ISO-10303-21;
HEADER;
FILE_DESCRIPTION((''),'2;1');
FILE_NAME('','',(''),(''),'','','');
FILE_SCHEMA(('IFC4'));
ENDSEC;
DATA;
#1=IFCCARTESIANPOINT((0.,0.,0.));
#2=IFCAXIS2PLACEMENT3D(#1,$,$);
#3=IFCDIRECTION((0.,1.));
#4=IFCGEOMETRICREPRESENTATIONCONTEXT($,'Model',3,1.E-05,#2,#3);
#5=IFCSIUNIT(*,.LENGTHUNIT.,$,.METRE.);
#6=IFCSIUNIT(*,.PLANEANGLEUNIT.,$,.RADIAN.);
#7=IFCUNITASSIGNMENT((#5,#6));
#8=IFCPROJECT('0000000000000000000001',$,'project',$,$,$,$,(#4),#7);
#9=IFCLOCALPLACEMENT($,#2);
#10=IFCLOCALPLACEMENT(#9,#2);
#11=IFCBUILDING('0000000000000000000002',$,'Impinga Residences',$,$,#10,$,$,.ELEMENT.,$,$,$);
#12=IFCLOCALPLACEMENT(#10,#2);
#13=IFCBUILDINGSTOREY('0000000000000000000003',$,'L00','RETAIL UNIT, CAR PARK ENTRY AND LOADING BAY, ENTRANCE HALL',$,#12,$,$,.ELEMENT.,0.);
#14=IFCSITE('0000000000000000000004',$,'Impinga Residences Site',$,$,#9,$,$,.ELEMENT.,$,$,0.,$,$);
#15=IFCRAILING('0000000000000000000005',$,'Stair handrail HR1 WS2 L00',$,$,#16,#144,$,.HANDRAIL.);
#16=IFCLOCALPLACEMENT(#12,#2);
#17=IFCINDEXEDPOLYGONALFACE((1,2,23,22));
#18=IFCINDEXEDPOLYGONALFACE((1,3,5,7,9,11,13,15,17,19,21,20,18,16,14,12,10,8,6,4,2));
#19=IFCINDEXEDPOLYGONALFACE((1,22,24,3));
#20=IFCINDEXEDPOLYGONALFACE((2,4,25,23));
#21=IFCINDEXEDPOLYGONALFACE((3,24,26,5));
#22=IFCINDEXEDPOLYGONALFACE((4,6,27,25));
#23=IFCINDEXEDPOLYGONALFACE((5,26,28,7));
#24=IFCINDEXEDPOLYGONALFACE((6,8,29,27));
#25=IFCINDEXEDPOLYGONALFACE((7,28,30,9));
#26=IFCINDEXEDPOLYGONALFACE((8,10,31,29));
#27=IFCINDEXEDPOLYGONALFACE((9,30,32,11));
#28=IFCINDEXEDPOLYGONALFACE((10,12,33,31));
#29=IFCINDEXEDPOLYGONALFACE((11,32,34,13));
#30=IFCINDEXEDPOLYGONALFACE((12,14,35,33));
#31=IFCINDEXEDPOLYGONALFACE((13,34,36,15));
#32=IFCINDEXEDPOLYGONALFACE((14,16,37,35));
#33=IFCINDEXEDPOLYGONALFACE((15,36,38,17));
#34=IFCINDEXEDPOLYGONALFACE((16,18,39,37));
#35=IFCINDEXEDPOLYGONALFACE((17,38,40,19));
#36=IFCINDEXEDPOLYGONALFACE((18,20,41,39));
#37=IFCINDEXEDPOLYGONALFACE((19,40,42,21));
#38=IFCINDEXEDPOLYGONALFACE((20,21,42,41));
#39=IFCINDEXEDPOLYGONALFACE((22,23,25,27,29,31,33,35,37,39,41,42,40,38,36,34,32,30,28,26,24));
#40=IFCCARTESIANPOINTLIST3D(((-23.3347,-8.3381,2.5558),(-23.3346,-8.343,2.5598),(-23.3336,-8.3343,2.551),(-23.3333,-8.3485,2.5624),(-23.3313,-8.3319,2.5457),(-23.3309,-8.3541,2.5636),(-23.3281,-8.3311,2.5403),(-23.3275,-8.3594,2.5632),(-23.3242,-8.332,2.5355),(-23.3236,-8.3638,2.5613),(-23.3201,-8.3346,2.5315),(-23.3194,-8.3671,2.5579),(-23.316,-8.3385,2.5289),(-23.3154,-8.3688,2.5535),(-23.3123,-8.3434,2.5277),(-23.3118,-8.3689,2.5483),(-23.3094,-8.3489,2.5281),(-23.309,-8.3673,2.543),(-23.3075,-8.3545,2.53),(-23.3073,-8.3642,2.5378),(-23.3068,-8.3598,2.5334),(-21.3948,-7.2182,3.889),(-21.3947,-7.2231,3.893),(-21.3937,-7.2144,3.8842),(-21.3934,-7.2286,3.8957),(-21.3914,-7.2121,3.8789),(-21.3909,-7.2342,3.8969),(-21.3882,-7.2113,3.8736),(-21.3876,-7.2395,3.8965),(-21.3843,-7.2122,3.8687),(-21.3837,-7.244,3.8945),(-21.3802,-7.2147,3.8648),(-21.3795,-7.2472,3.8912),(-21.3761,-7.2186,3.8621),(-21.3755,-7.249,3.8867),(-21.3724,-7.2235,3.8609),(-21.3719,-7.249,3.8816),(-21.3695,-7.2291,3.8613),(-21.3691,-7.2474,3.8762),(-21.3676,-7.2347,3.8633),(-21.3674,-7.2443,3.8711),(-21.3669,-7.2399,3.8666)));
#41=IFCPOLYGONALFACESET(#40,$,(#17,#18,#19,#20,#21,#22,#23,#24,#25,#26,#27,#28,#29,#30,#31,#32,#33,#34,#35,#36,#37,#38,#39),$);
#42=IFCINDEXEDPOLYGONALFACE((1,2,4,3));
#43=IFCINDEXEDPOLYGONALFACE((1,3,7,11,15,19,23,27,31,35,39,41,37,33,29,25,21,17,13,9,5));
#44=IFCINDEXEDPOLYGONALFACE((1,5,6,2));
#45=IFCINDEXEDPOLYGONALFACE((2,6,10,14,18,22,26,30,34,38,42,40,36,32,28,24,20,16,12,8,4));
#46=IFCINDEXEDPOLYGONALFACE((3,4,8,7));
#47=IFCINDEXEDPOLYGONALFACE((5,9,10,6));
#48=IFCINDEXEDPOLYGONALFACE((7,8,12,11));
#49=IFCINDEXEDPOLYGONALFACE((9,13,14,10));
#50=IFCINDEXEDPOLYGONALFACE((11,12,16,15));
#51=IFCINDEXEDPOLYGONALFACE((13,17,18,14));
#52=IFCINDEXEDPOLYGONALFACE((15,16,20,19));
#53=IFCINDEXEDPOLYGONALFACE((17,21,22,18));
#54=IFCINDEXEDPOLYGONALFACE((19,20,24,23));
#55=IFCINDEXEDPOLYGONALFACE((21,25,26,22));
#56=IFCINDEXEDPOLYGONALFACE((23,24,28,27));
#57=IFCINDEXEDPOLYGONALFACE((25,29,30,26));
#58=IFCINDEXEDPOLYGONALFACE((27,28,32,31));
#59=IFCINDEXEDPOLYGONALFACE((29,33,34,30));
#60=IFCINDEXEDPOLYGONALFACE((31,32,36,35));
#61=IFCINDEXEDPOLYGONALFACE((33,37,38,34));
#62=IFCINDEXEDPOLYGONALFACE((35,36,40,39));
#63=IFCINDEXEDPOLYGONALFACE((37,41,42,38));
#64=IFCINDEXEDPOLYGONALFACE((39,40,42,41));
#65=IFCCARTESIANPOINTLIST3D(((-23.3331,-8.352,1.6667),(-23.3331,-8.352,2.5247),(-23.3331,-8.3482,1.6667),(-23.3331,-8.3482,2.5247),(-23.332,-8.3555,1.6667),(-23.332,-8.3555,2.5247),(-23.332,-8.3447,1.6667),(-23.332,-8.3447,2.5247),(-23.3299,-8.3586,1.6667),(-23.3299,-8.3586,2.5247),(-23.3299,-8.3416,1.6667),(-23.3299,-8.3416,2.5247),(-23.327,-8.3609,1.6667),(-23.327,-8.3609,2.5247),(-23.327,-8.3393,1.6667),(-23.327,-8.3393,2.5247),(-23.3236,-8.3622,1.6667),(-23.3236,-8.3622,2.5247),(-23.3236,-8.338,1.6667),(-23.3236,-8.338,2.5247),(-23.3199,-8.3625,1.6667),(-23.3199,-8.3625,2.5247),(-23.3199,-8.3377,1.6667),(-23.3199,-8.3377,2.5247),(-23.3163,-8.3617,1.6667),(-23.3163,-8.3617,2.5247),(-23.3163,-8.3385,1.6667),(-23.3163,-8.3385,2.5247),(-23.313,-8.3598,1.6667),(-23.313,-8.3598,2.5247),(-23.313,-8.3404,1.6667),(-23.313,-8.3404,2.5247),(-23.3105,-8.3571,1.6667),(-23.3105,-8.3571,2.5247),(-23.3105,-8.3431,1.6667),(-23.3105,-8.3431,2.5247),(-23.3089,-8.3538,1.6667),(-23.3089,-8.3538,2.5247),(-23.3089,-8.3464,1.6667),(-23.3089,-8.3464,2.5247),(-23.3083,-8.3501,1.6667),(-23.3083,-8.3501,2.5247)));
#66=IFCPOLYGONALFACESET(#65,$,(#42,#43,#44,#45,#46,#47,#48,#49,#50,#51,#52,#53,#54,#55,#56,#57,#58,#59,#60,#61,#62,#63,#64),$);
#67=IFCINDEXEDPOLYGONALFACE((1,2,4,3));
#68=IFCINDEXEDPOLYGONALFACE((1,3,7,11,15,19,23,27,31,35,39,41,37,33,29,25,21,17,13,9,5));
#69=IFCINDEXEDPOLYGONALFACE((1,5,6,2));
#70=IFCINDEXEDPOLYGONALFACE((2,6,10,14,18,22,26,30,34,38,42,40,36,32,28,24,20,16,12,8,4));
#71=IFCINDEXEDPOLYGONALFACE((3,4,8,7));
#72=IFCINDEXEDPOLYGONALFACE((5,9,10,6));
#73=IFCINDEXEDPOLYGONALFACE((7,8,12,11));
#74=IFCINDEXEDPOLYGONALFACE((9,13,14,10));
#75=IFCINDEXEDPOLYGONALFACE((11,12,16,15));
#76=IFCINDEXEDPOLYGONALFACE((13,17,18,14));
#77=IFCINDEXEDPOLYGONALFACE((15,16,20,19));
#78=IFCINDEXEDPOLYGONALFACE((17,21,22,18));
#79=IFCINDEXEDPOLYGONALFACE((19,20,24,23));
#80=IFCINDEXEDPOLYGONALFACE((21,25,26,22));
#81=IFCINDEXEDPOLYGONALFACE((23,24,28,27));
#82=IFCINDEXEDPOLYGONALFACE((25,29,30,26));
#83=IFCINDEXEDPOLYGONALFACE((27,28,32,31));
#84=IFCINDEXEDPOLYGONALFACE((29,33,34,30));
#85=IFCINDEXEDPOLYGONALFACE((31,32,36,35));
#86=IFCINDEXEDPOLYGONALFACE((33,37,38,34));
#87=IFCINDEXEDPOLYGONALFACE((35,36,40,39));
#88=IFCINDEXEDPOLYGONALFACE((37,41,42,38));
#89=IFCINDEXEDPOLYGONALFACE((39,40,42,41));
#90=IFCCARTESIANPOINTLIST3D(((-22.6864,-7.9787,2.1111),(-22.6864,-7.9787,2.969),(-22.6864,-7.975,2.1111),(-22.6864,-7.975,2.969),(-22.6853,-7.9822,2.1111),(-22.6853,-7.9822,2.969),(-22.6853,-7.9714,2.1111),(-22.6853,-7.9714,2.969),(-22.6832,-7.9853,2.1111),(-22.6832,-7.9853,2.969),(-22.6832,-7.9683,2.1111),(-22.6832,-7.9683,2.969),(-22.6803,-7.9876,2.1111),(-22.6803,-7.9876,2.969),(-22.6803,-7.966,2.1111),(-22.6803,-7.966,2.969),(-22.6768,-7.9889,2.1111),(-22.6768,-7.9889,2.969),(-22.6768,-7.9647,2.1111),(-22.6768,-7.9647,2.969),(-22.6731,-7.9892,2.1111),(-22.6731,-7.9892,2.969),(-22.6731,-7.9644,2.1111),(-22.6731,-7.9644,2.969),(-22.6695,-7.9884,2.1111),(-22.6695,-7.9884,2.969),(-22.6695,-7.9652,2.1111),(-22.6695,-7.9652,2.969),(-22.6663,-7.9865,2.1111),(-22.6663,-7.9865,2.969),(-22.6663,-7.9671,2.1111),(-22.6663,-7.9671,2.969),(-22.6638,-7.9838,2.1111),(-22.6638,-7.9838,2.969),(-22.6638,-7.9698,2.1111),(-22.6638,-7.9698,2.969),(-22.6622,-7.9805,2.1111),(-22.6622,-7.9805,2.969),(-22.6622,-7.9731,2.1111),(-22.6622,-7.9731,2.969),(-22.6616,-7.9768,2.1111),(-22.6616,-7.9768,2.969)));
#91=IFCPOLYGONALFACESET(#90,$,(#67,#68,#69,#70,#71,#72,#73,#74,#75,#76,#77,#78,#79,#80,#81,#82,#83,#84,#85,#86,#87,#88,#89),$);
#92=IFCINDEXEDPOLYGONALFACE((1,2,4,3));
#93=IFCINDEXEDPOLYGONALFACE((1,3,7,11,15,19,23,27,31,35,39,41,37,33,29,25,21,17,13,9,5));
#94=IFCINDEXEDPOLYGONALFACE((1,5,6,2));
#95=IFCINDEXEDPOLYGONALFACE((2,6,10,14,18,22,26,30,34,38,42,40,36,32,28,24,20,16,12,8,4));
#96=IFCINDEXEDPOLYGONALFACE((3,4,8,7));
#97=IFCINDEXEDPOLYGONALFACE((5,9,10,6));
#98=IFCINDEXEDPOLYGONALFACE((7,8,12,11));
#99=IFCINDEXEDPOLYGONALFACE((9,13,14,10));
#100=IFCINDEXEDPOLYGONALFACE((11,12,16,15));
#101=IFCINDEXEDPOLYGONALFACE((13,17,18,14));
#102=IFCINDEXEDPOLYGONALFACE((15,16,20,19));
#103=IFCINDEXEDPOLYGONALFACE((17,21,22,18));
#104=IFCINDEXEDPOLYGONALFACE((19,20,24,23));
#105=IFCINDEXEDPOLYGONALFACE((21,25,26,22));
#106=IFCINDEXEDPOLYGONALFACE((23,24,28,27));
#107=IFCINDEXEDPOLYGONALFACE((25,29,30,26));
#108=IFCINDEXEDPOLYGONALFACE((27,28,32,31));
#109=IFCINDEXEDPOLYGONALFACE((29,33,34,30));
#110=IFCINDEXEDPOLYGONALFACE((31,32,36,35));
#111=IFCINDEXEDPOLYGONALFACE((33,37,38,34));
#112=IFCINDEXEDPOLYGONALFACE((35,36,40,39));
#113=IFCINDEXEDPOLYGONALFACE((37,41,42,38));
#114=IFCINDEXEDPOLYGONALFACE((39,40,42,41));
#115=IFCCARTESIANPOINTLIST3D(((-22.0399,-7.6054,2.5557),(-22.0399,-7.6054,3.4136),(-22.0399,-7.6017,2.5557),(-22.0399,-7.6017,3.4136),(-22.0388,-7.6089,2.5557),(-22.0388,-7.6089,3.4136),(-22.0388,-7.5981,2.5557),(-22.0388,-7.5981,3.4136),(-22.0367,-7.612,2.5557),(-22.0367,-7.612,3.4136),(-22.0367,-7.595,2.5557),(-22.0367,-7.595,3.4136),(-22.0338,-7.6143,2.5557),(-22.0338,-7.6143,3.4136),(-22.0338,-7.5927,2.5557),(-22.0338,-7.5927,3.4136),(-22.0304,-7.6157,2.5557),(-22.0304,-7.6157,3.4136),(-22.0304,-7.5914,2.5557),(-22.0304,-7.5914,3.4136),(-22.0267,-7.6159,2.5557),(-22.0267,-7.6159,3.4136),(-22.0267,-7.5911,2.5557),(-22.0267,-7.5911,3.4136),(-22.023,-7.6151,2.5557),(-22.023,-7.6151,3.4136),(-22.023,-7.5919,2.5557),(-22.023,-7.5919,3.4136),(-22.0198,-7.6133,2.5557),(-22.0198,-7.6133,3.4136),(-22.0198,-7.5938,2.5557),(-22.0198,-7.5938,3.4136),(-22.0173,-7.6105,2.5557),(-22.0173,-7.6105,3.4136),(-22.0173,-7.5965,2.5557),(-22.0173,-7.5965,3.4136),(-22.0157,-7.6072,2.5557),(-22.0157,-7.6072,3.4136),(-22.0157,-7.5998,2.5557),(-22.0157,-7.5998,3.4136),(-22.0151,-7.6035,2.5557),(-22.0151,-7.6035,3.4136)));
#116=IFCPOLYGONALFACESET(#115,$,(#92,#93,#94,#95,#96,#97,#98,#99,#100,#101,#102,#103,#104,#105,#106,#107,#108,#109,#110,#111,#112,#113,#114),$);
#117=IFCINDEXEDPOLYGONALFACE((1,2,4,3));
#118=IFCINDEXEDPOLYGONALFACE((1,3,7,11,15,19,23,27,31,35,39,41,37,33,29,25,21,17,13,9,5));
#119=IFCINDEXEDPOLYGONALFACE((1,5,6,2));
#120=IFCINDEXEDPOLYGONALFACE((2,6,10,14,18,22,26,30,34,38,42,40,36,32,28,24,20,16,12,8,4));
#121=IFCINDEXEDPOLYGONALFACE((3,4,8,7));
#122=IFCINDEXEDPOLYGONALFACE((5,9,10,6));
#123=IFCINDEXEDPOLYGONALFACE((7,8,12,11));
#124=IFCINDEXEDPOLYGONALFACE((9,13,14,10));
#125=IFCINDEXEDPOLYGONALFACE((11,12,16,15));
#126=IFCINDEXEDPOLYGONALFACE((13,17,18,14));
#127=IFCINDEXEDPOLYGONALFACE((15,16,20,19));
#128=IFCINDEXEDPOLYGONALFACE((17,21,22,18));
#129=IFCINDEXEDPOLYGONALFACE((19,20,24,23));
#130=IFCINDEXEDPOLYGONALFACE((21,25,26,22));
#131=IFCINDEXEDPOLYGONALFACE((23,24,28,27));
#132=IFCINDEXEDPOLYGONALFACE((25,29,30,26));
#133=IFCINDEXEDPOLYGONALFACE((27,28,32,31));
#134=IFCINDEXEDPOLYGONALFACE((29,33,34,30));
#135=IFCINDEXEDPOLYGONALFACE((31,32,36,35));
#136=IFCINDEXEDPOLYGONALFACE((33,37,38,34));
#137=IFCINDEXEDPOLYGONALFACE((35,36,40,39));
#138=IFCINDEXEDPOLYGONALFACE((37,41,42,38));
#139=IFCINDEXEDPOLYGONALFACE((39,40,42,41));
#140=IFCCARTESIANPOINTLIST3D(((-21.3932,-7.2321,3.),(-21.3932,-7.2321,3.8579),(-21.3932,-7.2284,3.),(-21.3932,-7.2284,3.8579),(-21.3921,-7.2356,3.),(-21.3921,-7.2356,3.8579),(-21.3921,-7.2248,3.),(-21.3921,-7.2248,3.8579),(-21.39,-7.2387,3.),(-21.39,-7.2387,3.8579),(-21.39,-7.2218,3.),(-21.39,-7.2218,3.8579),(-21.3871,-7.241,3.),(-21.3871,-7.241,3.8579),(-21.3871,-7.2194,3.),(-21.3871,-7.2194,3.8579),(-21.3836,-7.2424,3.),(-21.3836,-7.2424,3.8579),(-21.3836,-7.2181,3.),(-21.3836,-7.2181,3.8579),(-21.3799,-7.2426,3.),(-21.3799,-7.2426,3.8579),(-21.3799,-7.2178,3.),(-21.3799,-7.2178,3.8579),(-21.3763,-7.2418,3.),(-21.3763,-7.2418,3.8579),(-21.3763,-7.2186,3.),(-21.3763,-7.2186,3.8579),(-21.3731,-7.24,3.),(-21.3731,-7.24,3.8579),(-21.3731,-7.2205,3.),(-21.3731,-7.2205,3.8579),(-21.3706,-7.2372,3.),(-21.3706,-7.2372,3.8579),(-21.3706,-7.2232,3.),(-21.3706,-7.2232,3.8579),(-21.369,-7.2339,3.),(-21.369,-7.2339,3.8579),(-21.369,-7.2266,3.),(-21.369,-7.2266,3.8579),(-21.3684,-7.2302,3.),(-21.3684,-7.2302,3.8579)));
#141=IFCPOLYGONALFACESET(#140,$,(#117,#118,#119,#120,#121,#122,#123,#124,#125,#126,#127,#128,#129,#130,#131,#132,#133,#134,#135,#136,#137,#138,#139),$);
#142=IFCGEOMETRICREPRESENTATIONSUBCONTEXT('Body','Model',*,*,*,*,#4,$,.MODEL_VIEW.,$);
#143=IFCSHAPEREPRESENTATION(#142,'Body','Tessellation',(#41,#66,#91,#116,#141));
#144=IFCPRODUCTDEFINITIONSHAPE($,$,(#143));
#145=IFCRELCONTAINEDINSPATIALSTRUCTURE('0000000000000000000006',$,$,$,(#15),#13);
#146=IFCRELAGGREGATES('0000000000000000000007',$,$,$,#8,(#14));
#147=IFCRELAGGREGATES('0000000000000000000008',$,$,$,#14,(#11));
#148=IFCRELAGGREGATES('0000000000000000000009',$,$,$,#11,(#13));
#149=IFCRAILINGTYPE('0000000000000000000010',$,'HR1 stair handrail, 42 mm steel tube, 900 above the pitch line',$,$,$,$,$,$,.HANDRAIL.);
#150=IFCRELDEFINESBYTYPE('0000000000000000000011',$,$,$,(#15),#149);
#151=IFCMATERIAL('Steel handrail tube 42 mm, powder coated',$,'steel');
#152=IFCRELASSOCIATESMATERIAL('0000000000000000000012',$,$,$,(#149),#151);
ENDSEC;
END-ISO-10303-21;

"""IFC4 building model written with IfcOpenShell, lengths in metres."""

from ifc_helpers import new_model, si_unit, direction, frame, origin, origin_2d, place, context, subcontext, project, spatial, circle, extrude, material, type_object, element, save


model = new_model("IFC4")

# Units and contexts
model_context = context("Model", 3, precision=1e-05, world=origin(), true_north=direction((0.0, 1.0)))
body_context = subcontext(model_context, "Body", "Model", "MODEL_VIEW")
ifc_project = project(units=[si_unit("LENGTHUNIT", "METRE"), si_unit("PLANEANGLEUNIT", "RADIAN")], contexts=[model_context])

# Site, building, storey
site_placement = place(None, origin())
site = spatial("IfcSite", under=ifc_project, at=site_placement, Name="Impinga Residences Site", CompositionType="ELEMENT", RefElevation=0.0)
building_placement = place(site_placement, origin())
building = spatial("IfcBuilding", under=site, at=building_placement, Name="Impinga Residences", CompositionType="ELEMENT")
storey_placement = place(building_placement, origin())
storey = spatial("IfcBuildingStorey", under=building, at=storey_placement, Name="L00", Description="RETAIL UNIT, CAR PARK ENTRY AND LOADING BAY, ENTRANCE HALL", CompositionType="ELEMENT", Elevation=0.0)

# Railing
ifc_material_1 = material(Name="Steel handrail tube 42 mm, powder coated", Category="steel")
railing_type_1 = type_object("IfcRailingType", Name="HR1 stair handrail, 42 mm steel tube, 900 above the pitch line", PredefinedType="HANDRAIL", material=ifc_material_1)
for number, where, name in (
    (1, (-23.3208, -8.3501, 1.6667), "Stair handrail HR1 WS2 L00"),
):
    element("IfcRailing", number, at=place(storey_placement, frame(where)), inside=storey, type_object=railing_type_1, Name=name, PredefinedType="HANDRAIL", context=body_context, shape_type="SweptSolid", body=[
        extrude(circle(Radius=0.021, at=origin_2d()), frame((0.0, 0.0, 0.8789), z_axis=(0.744205, 0.429608, 0.511465), x_axis=(-0.499949, 0.866055, 0.0)), (0.0, 0.0, 1.0), 2.6067),
        extrude(circle(Radius=0.0125, at=origin_2d()), origin(), (0.0, 0.0, 1.0), 0.8579),
        extrude(circle(Radius=0.0125, at=origin_2d()), frame((0.6467, 0.3733, 0.4443)), (0.0, 0.0, 1.0), 0.8579),
        extrude(circle(Radius=0.0125, at=origin_2d()), frame((1.2932, 0.7466, 0.8889)), (0.0, 0.0, 1.0), 0.8579),
        extrude(circle(Radius=0.0125, at=origin_2d()), frame((1.9399, 1.1199, 1.3333)), (0.0, 0.0, 1.0), 0.8579),
    ])

save(model, "model.ifc")
